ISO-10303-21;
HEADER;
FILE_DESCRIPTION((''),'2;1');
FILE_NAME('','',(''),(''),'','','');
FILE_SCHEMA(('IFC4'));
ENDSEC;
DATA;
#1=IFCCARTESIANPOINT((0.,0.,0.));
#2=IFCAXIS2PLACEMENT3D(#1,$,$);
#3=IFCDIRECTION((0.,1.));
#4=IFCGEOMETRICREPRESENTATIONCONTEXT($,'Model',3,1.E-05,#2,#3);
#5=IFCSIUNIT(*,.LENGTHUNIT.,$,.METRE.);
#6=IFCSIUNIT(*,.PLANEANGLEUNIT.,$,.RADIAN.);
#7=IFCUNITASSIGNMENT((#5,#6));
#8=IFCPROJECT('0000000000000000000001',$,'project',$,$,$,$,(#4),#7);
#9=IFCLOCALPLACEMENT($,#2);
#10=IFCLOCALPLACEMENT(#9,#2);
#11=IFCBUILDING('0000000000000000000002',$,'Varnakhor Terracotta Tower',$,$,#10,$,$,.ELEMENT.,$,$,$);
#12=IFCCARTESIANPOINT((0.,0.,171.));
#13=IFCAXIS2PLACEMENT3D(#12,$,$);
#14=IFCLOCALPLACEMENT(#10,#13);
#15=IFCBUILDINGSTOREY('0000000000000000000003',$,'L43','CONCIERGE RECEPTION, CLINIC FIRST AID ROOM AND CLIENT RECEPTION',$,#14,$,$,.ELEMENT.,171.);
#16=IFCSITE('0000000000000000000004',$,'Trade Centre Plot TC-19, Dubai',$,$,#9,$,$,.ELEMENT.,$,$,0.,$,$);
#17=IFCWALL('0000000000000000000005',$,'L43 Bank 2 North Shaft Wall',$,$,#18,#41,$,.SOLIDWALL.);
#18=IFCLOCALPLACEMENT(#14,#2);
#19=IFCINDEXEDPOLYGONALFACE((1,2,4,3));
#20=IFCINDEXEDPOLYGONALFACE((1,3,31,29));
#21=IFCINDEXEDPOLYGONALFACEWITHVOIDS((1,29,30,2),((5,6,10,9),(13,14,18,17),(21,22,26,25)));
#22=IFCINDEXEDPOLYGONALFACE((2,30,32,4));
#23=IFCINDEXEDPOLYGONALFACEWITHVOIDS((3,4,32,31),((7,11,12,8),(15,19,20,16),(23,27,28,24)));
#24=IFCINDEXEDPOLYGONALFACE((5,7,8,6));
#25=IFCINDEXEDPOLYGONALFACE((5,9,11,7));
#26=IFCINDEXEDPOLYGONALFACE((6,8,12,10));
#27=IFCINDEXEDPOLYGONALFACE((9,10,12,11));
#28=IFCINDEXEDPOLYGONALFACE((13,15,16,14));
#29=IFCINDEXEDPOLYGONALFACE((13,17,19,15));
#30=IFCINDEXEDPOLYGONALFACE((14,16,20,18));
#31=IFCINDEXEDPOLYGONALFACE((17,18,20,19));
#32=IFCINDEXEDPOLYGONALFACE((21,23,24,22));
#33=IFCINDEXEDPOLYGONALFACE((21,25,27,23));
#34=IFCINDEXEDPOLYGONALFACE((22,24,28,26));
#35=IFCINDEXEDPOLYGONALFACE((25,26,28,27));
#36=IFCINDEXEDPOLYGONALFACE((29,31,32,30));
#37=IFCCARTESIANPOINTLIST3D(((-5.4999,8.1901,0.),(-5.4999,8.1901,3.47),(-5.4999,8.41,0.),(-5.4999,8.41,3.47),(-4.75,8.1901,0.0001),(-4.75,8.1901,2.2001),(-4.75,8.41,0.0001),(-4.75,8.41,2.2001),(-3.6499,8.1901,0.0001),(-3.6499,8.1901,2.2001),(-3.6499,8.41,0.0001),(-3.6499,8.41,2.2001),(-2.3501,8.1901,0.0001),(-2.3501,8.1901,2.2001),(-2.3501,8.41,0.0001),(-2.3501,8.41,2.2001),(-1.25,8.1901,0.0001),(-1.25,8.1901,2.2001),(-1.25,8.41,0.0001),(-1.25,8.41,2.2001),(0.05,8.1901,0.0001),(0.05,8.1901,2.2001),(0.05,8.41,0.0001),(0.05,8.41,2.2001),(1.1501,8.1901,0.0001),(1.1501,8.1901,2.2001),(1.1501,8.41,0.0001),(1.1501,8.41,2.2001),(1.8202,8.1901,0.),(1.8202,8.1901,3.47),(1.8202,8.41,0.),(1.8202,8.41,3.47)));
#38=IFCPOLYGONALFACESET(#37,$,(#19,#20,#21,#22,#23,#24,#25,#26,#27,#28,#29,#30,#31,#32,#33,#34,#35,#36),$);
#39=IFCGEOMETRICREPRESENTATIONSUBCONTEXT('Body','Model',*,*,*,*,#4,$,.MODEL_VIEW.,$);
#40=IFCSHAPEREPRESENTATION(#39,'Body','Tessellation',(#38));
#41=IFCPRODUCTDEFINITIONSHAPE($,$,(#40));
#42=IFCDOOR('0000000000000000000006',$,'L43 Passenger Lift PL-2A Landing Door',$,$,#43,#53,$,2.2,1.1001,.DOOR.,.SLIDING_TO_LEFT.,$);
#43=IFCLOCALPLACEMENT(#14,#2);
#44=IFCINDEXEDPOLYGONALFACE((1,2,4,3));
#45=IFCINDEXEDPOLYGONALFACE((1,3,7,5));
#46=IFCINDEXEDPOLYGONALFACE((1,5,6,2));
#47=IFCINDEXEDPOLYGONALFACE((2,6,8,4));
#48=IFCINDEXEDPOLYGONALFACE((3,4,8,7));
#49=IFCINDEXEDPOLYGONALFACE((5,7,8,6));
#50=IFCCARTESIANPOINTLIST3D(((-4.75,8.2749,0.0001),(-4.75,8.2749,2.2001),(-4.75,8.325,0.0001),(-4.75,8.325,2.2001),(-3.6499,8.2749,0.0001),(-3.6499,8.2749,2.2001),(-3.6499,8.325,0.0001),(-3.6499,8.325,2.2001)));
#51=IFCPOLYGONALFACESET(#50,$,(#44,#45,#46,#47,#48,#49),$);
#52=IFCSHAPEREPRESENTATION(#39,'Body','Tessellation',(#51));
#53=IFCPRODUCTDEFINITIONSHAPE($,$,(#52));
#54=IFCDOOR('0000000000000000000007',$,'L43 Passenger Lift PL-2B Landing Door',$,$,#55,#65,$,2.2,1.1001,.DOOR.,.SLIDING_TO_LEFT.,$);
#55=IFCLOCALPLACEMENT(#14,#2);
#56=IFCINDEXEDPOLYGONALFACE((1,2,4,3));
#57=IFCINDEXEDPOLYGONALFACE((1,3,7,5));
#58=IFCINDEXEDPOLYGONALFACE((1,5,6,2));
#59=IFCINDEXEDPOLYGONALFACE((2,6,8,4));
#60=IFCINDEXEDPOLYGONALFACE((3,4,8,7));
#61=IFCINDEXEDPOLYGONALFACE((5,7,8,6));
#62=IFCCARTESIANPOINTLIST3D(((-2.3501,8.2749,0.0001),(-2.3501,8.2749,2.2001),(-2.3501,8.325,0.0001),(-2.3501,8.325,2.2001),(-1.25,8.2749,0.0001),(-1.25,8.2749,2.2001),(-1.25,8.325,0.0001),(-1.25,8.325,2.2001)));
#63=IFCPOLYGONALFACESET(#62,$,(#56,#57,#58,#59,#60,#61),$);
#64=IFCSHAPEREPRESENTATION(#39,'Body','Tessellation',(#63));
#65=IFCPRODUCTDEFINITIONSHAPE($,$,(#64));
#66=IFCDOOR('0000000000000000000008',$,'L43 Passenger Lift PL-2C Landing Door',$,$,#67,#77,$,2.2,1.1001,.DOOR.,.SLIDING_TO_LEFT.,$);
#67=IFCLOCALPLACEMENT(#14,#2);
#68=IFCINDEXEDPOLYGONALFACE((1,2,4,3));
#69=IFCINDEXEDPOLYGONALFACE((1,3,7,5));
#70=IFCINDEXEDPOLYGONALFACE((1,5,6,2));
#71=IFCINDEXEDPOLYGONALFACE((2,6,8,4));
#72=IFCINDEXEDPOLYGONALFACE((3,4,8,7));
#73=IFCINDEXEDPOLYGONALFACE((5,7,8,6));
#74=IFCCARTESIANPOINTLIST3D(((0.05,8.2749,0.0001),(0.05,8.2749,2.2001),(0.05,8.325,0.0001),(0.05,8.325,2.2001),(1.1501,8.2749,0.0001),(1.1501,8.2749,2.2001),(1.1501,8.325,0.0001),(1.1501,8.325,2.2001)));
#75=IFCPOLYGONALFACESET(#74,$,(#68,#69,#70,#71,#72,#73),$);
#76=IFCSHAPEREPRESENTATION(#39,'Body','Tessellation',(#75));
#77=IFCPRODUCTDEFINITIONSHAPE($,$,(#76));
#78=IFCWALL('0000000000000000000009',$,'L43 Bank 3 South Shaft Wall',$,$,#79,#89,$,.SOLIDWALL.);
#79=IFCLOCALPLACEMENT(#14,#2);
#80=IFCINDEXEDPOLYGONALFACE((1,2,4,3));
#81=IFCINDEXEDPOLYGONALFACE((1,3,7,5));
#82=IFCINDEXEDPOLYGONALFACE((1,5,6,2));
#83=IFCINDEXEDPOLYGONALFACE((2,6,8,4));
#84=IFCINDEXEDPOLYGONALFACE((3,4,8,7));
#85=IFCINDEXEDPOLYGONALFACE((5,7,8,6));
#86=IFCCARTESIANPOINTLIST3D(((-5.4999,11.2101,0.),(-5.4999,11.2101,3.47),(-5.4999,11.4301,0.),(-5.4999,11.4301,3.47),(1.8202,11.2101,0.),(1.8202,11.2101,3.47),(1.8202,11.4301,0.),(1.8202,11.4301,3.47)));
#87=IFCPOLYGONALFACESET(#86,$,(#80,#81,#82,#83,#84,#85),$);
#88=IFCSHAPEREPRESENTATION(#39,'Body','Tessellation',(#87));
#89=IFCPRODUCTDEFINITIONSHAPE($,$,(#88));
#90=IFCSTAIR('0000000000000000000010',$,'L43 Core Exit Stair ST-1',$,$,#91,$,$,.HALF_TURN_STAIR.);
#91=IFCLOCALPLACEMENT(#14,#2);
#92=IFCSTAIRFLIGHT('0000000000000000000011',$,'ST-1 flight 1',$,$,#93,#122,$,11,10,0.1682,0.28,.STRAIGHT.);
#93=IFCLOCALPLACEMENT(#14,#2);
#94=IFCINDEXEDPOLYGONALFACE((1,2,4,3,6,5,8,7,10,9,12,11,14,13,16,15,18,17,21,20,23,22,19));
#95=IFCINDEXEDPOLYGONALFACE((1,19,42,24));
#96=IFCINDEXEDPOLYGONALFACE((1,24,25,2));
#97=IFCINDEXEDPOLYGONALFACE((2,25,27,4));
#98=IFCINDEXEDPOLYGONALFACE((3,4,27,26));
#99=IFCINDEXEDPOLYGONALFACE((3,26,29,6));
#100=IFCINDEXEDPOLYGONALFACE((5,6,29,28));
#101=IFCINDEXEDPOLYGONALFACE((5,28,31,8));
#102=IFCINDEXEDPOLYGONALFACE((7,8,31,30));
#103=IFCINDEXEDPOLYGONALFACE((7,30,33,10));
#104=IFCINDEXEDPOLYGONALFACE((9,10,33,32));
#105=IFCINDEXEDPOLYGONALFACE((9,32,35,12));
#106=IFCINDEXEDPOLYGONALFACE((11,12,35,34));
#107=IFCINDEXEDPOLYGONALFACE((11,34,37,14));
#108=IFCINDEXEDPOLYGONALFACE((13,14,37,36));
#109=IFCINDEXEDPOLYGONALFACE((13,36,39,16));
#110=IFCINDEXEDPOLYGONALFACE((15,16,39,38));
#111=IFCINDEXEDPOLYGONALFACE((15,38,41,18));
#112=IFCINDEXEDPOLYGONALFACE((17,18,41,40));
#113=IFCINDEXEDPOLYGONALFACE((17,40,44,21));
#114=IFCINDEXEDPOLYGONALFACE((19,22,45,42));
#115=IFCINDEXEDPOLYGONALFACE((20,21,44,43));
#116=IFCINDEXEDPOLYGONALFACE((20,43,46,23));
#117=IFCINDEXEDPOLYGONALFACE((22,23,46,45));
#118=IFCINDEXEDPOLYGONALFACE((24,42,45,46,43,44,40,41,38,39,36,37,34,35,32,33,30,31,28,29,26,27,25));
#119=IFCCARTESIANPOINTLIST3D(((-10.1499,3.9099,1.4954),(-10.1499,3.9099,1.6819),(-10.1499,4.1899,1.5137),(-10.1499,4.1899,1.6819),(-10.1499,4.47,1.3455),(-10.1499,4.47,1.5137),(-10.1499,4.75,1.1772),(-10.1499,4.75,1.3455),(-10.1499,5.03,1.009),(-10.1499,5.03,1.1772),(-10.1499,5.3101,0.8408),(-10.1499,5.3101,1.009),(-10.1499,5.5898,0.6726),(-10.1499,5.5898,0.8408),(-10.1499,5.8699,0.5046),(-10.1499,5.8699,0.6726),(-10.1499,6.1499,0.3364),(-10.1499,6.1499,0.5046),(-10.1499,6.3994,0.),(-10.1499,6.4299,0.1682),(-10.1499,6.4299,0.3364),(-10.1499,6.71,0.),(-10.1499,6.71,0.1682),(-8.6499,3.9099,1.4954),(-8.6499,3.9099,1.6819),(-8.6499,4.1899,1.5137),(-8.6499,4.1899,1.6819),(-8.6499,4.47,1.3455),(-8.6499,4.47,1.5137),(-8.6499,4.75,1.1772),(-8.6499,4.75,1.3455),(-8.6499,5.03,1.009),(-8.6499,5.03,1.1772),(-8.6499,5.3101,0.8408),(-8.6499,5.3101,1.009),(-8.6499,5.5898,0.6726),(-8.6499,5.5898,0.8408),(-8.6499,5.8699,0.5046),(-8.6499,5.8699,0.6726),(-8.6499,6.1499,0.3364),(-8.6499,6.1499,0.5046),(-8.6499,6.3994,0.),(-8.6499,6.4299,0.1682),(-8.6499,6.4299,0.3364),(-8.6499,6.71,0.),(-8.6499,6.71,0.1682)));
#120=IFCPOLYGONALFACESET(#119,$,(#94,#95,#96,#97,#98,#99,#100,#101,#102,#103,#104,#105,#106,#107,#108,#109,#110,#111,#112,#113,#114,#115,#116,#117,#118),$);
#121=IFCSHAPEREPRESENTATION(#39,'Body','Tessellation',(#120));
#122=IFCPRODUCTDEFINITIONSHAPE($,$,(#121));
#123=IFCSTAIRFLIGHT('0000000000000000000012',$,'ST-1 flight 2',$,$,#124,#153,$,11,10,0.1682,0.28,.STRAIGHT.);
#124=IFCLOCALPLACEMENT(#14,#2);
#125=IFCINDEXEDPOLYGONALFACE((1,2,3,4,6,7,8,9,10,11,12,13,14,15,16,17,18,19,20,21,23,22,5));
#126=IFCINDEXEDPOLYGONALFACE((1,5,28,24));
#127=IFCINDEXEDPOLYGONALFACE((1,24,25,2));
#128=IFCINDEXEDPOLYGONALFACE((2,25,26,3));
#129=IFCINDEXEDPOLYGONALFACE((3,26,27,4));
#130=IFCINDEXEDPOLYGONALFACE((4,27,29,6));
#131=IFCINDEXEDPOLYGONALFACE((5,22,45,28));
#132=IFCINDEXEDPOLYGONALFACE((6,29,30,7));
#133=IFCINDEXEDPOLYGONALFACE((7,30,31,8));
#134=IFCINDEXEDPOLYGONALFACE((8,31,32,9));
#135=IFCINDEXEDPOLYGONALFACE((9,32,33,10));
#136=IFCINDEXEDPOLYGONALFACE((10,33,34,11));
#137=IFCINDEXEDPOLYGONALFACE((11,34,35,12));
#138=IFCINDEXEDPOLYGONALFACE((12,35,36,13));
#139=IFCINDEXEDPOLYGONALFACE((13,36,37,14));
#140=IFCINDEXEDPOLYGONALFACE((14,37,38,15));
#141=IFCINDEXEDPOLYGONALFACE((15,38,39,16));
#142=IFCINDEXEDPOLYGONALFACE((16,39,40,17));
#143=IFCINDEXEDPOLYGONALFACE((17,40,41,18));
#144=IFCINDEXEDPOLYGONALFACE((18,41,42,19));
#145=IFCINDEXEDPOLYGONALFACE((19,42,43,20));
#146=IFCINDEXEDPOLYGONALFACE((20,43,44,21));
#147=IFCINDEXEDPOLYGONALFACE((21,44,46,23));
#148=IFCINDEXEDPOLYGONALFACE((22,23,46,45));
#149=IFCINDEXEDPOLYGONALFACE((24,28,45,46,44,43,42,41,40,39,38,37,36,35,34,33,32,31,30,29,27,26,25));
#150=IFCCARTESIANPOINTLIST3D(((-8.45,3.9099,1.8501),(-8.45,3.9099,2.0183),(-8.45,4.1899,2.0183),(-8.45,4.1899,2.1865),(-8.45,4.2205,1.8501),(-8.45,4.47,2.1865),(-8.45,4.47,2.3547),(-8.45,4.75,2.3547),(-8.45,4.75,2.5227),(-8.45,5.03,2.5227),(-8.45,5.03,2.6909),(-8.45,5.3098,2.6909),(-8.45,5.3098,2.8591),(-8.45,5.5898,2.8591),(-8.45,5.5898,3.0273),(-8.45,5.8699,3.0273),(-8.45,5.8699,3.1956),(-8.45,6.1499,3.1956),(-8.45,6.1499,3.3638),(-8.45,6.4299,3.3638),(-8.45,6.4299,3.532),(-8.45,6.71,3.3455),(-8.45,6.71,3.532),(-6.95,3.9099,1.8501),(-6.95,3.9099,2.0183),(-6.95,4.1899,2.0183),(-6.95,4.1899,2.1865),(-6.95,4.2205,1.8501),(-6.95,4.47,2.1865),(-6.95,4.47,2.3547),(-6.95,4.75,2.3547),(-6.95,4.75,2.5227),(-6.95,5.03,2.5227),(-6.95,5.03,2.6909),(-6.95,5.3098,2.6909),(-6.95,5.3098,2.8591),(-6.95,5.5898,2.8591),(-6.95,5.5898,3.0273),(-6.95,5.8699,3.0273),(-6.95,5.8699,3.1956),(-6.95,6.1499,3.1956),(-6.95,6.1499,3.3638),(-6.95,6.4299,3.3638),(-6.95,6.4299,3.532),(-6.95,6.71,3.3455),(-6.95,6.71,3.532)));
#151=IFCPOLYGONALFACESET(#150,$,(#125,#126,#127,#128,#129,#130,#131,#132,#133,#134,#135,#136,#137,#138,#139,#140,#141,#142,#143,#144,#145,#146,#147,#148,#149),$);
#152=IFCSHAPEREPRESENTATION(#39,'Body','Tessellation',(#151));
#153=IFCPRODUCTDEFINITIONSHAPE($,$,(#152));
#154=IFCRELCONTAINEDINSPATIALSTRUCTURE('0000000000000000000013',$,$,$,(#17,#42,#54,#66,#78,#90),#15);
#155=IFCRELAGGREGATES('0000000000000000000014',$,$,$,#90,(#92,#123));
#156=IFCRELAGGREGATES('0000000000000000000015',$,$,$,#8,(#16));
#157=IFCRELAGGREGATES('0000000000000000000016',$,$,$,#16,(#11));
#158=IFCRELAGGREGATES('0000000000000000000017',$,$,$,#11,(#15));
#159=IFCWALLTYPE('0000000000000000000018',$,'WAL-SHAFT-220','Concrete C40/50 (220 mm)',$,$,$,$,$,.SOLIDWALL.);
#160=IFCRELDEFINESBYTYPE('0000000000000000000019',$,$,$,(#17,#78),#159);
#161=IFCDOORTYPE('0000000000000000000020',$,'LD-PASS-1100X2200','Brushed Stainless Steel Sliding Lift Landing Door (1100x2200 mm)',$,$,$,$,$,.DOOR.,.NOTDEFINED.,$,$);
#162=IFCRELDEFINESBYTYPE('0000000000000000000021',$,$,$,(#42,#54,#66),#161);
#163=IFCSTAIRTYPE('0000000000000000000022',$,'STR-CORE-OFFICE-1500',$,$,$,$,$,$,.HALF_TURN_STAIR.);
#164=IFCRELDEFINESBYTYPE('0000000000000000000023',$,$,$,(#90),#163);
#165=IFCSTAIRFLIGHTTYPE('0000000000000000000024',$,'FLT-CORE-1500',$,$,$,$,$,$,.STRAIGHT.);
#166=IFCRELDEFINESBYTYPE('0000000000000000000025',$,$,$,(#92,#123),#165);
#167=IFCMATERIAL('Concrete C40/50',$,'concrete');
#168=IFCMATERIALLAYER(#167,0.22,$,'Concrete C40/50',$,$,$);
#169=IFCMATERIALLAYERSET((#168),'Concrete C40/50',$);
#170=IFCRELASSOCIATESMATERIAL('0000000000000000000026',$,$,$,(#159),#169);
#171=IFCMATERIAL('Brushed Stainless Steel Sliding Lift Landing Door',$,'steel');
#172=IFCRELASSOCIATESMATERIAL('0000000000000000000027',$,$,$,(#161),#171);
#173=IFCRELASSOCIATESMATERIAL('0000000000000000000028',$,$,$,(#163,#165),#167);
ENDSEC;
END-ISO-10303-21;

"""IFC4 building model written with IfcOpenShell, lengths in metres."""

from ifc_helpers import new_model, si_unit, direction, frame, frame_2d, origin, place, context, subcontext, project, spatial, polyline, rectangle, outline, extrude, source, transform, mapped, material, layer, layer_set, type_object, type_shapes, element, fill, aggregate, save


model = new_model("IFC4")

# Units and contexts
model_context = context("Model", 3, precision=1e-05, world=origin(), true_north=direction((0.0, 1.0)))
body_context = subcontext(model_context, "Body", "Model", "MODEL_VIEW")
ifc_project = project(units=[si_unit("LENGTHUNIT", "METRE"), si_unit("PLANEANGLEUNIT", "RADIAN")], contexts=[model_context])

# Site, building, storey
site_placement = place(None, origin())
site = spatial("IfcSite", under=ifc_project, at=site_placement, Name="Trade Centre Plot TC-19, Dubai", CompositionType="ELEMENT", RefElevation=0.0)
building_placement = place(site_placement, origin())
building = spatial("IfcBuilding", under=site, at=building_placement, Name="Varnakhor Terracotta Tower", CompositionType="ELEMENT")
storey_placement = place(building_placement, frame((0.0, 0.0, 171.0)))
storey = spatial("IfcBuildingStorey", under=building, at=storey_placement, Name="L43", Description="CONCIERGE RECEPTION, CLINIC FIRST AID ROOM AND CLIENT RECEPTION", CompositionType="ELEMENT", Elevation=171.0)

# Shared definitions
ifc_material_1 = material(Name="Concrete C40/50", Category="concrete")

# Shared definitions
ifc_layer_1 = layer(ifc_material_1, 0.22, Name="Concrete C40/50")
ifc_layer_set_1 = layer_set([ifc_layer_1], Name="Concrete C40/50")
wall_type_1 = type_object("IfcWallType", Name="WAL-SHAFT-220", Description="Concrete C40/50 (220 mm)", PredefinedType="SOLIDWALL", material=ifc_layer_set_1)

# Wall, openings, doors
wall_1_placement = place(storey_placement, frame((-5.5, 8.3, 0.0), z_axis=(0.0, 0.0, 1.0), x_axis=(1.0, 0.0, 0.0)))
wall_1 = element("IfcWall", 1, at=wall_1_placement, inside=storey, type_object=wall_type_1, Name="L43 Bank 2 North Shaft Wall", PredefinedType="SOLIDWALL", context=body_context, shape_type="SweptSolid", body=[
    extrude(rectangle(XDim=7.3201, YDim=0.22, at=frame_2d((3.6602, 0.0))), origin(), (0.0, 0.0, 1.0), 3.47),
])
opening_1_placement = place(wall_1_placement, frame((0.75, 0.0, 0.0)))
opening_1 = element("IfcOpeningElement", 2, at=opening_1_placement, cuts=wall_1, PredefinedType="OPENING", context=body_context, shape_type="SweptSolid", body=[
    extrude(rectangle(XDim=1.1001, YDim=2.2, at=frame_2d((0.55, 1.1001))), frame((0.0, 0.1201, 0.0), z_axis=(0.0, -1.0, 0.0), x_axis=(1.0, 0.0, 0.0)), (0.0, 0.0, 1.0), 0.24),
])
opening_2_placement = place(wall_1_placement, frame((3.1499, 0.0, 0.0)))
opening_2 = element("IfcOpeningElement", 3, at=opening_2_placement, cuts=wall_1, PredefinedType="OPENING", context=body_context, shape_type="SweptSolid", body=[
    extrude(rectangle(XDim=1.1001, YDim=2.2, at=frame_2d((0.55, 1.1001))), frame((0.0, 0.1201, 0.0), z_axis=(0.0, -1.0, 0.0), x_axis=(1.0, 0.0, 0.0)), (0.0, 0.0, 1.0), 0.24),
])
opening_3_placement = place(wall_1_placement, frame((5.55, 0.0, 0.0)))
opening_3 = element("IfcOpeningElement", 4, at=opening_3_placement, cuts=wall_1, PredefinedType="OPENING", context=body_context, shape_type="SweptSolid", body=[
    extrude(rectangle(XDim=1.1001, YDim=2.2, at=frame_2d((0.55, 1.1001))), frame((0.0, 0.1201, 0.0), z_axis=(0.0, -1.0, 0.0), x_axis=(1.0, 0.0, 0.0)), (0.0, 0.0, 1.0), 0.24),
])
ifc_material_2 = material(Name="Brushed Stainless Steel Sliding Lift Landing Door", Category="steel")
door_type_1 = type_object("IfcDoorType", Name="LD-PASS-1100X2200", Description="Brushed Stainless Steel Sliding Lift Landing Door (1100x2200 mm)", OperationType="NOTDEFINED", PredefinedType="DOOR", material=ifc_material_2)
shared_shape_1 = source(origin(), body_context, "Body", "SweptSolid", [
    extrude(rectangle(XDim=1.1001, YDim=2.2, at=frame_2d((0.55, 1.1001))), frame((0.0, 0.0249, 0.0), z_axis=(0.0, -1.0, 0.0), x_axis=(1.0, 0.0, 0.0)), (0.0, 0.0, 1.0), 0.05),
])
type_shapes(door_type_1, [shared_shape_1])
door_1_placement = place(opening_1_placement, origin())
door_1 = element("IfcDoor", 5, at=door_1_placement, inside=storey, type_object=door_type_1, Name="L43 Passenger Lift PL-2A Landing Door", OperationType="SLIDING_TO_LEFT", OverallHeight=2.2, OverallWidth=1.1001, PredefinedType="DOOR", context=body_context, shape_type="MappedRepresentation", body=[
    mapped(shared_shape_1, transform((0.0, 0.0, 0.0), scale=1.0)),
])
fill(opening_1, door_1)
door_2_placement = place(opening_2_placement, origin())
door_2 = element("IfcDoor", 6, at=door_2_placement, inside=storey, type_object=door_type_1, Name="L43 Passenger Lift PL-2B Landing Door", OperationType="SLIDING_TO_LEFT", OverallHeight=2.2, OverallWidth=1.1001, PredefinedType="DOOR", context=body_context, shape_type="MappedRepresentation", body=[
    mapped(shared_shape_1, transform((0.0, 0.0, 0.0), scale=1.0)),
])
fill(opening_2, door_2)
door_3_placement = place(opening_3_placement, origin())
door_3 = element("IfcDoor", 7, at=door_3_placement, inside=storey, type_object=door_type_1, Name="L43 Passenger Lift PL-2C Landing Door", OperationType="SLIDING_TO_LEFT", OverallHeight=2.2, OverallWidth=1.1001, PredefinedType="DOOR", context=body_context, shape_type="MappedRepresentation", body=[
    mapped(shared_shape_1, transform((0.0, 0.0, 0.0), scale=1.0)),
])
fill(opening_3, door_3)

# Wall
wall_2_placement = place(storey_placement, frame((-5.5, 11.3201, 0.0), z_axis=(0.0, 0.0, 1.0), x_axis=(1.0, 0.0, 0.0)))
element("IfcWall", 8, at=wall_2_placement, inside=storey, type_object=wall_type_1, Name="L43 Bank 3 South Shaft Wall", PredefinedType="SOLIDWALL", context=body_context, shape_type="SweptSolid", body=[
    extrude(rectangle(XDim=7.3201, YDim=0.22, at=frame_2d((3.6602, 0.0))), origin(), (0.0, 0.0, 1.0), 3.47),
])

# Stair, stair flights
stair_type = type_object("IfcStairType", Name="STR-CORE-OFFICE-1500", PredefinedType="HALF_TURN_STAIR", material=ifc_material_1)
stair_placement = place(storey_placement, origin())
stair = element("IfcStair", 9, at=stair_placement, inside=storey, type_object=stair_type, Name="L43 Core Exit Stair ST-1", PredefinedType="HALF_TURN_STAIR")
stair_flight_type = type_object("IfcStairFlightType", Name="FLT-CORE-1500", PredefinedType="STRAIGHT", material=ifc_material_1)
stair_flight_1_placement = place(storey_placement, frame((-9.3999, 6.71, 0.0), z_axis=(0.0, 0.0, 1.0), x_axis=(0.0, -1.0, 0.0)))
stair_flight_1 = element("IfcStairFlight", 10, at=stair_flight_1_placement, type_object=stair_flight_type, Name="ST-1 flight 1", NumberOfRisers=11, NumberOfTreads=10, PredefinedType="STRAIGHT", RiserHeight=0.1682, TreadLength=0.28, context=body_context, shape_type="SweptSolid", body=[
    extrude(outline(polyline([(0.0, 0.0), (0.0, 0.1682), (0.28, 0.1682), (0.28, 0.3364), (0.5601, 0.3364), (0.5601, 0.5046), (0.8401, 0.5046), (0.8401, 0.6726), (1.1201, 0.6726), (1.1201, 0.8408), (1.3999, 0.8408), (1.3999, 1.009), (1.6799, 1.009), (1.6799, 1.1772), (1.96, 1.1772), (1.96, 1.3455), (2.24, 1.3455), (2.24, 1.5137), (2.52, 1.5137), (2.52, 1.6819), (2.8, 1.6819), (2.8, 1.8501), (2.8, 1.4954), (0.3105, 0.0), (0.0, 0.0)])), frame((0.0, 0.75, 0.0), z_axis=(0.0, -1.0, 0.0), x_axis=(1.0, 0.0, 0.0)), (0.0, 0.0, 1.0), 1.5),
])
stair_flight_2_placement = place(storey_placement, frame((-7.7, 3.9099, 1.8501), z_axis=(0.0, 0.0, 1.0), x_axis=(0.0, 1.0, 0.0)))
stair_flight_2 = element("IfcStairFlight", 11, at=stair_flight_2_placement, type_object=stair_flight_type, Name="ST-1 flight 2", NumberOfRisers=11, NumberOfTreads=10, PredefinedType="STRAIGHT", RiserHeight=0.1682, TreadLength=0.28, context=body_context, shape_type="SweptSolid", body=[
    extrude(outline(polyline([(0.0, 0.0), (0.0, 0.1682), (0.28, 0.1682), (0.28, 0.3364), (0.5601, 0.3364), (0.5601, 0.5046), (0.8401, 0.5046), (0.8401, 0.6726), (1.1201, 0.6726), (1.1201, 0.8408), (1.3999, 0.8408), (1.3999, 1.009), (1.6799, 1.009), (1.6799, 1.1772), (1.96, 1.1772), (1.96, 1.3455), (2.24, 1.3455), (2.24, 1.5137), (2.52, 1.5137), (2.52, 1.6819), (2.8, 1.6819), (2.8, 1.8501), (2.8, 1.4954), (0.3105, 0.0), (0.0, 0.0)])), frame((0.0, 0.75, 0.0), z_axis=(0.0, -1.0, 0.0), x_axis=(1.0, 0.0, 0.0)), (0.0, 0.0, 1.0), 1.5),
])
aggregate(stair, [stair_flight_1, stair_flight_2])

save(model, "model.ifc")
